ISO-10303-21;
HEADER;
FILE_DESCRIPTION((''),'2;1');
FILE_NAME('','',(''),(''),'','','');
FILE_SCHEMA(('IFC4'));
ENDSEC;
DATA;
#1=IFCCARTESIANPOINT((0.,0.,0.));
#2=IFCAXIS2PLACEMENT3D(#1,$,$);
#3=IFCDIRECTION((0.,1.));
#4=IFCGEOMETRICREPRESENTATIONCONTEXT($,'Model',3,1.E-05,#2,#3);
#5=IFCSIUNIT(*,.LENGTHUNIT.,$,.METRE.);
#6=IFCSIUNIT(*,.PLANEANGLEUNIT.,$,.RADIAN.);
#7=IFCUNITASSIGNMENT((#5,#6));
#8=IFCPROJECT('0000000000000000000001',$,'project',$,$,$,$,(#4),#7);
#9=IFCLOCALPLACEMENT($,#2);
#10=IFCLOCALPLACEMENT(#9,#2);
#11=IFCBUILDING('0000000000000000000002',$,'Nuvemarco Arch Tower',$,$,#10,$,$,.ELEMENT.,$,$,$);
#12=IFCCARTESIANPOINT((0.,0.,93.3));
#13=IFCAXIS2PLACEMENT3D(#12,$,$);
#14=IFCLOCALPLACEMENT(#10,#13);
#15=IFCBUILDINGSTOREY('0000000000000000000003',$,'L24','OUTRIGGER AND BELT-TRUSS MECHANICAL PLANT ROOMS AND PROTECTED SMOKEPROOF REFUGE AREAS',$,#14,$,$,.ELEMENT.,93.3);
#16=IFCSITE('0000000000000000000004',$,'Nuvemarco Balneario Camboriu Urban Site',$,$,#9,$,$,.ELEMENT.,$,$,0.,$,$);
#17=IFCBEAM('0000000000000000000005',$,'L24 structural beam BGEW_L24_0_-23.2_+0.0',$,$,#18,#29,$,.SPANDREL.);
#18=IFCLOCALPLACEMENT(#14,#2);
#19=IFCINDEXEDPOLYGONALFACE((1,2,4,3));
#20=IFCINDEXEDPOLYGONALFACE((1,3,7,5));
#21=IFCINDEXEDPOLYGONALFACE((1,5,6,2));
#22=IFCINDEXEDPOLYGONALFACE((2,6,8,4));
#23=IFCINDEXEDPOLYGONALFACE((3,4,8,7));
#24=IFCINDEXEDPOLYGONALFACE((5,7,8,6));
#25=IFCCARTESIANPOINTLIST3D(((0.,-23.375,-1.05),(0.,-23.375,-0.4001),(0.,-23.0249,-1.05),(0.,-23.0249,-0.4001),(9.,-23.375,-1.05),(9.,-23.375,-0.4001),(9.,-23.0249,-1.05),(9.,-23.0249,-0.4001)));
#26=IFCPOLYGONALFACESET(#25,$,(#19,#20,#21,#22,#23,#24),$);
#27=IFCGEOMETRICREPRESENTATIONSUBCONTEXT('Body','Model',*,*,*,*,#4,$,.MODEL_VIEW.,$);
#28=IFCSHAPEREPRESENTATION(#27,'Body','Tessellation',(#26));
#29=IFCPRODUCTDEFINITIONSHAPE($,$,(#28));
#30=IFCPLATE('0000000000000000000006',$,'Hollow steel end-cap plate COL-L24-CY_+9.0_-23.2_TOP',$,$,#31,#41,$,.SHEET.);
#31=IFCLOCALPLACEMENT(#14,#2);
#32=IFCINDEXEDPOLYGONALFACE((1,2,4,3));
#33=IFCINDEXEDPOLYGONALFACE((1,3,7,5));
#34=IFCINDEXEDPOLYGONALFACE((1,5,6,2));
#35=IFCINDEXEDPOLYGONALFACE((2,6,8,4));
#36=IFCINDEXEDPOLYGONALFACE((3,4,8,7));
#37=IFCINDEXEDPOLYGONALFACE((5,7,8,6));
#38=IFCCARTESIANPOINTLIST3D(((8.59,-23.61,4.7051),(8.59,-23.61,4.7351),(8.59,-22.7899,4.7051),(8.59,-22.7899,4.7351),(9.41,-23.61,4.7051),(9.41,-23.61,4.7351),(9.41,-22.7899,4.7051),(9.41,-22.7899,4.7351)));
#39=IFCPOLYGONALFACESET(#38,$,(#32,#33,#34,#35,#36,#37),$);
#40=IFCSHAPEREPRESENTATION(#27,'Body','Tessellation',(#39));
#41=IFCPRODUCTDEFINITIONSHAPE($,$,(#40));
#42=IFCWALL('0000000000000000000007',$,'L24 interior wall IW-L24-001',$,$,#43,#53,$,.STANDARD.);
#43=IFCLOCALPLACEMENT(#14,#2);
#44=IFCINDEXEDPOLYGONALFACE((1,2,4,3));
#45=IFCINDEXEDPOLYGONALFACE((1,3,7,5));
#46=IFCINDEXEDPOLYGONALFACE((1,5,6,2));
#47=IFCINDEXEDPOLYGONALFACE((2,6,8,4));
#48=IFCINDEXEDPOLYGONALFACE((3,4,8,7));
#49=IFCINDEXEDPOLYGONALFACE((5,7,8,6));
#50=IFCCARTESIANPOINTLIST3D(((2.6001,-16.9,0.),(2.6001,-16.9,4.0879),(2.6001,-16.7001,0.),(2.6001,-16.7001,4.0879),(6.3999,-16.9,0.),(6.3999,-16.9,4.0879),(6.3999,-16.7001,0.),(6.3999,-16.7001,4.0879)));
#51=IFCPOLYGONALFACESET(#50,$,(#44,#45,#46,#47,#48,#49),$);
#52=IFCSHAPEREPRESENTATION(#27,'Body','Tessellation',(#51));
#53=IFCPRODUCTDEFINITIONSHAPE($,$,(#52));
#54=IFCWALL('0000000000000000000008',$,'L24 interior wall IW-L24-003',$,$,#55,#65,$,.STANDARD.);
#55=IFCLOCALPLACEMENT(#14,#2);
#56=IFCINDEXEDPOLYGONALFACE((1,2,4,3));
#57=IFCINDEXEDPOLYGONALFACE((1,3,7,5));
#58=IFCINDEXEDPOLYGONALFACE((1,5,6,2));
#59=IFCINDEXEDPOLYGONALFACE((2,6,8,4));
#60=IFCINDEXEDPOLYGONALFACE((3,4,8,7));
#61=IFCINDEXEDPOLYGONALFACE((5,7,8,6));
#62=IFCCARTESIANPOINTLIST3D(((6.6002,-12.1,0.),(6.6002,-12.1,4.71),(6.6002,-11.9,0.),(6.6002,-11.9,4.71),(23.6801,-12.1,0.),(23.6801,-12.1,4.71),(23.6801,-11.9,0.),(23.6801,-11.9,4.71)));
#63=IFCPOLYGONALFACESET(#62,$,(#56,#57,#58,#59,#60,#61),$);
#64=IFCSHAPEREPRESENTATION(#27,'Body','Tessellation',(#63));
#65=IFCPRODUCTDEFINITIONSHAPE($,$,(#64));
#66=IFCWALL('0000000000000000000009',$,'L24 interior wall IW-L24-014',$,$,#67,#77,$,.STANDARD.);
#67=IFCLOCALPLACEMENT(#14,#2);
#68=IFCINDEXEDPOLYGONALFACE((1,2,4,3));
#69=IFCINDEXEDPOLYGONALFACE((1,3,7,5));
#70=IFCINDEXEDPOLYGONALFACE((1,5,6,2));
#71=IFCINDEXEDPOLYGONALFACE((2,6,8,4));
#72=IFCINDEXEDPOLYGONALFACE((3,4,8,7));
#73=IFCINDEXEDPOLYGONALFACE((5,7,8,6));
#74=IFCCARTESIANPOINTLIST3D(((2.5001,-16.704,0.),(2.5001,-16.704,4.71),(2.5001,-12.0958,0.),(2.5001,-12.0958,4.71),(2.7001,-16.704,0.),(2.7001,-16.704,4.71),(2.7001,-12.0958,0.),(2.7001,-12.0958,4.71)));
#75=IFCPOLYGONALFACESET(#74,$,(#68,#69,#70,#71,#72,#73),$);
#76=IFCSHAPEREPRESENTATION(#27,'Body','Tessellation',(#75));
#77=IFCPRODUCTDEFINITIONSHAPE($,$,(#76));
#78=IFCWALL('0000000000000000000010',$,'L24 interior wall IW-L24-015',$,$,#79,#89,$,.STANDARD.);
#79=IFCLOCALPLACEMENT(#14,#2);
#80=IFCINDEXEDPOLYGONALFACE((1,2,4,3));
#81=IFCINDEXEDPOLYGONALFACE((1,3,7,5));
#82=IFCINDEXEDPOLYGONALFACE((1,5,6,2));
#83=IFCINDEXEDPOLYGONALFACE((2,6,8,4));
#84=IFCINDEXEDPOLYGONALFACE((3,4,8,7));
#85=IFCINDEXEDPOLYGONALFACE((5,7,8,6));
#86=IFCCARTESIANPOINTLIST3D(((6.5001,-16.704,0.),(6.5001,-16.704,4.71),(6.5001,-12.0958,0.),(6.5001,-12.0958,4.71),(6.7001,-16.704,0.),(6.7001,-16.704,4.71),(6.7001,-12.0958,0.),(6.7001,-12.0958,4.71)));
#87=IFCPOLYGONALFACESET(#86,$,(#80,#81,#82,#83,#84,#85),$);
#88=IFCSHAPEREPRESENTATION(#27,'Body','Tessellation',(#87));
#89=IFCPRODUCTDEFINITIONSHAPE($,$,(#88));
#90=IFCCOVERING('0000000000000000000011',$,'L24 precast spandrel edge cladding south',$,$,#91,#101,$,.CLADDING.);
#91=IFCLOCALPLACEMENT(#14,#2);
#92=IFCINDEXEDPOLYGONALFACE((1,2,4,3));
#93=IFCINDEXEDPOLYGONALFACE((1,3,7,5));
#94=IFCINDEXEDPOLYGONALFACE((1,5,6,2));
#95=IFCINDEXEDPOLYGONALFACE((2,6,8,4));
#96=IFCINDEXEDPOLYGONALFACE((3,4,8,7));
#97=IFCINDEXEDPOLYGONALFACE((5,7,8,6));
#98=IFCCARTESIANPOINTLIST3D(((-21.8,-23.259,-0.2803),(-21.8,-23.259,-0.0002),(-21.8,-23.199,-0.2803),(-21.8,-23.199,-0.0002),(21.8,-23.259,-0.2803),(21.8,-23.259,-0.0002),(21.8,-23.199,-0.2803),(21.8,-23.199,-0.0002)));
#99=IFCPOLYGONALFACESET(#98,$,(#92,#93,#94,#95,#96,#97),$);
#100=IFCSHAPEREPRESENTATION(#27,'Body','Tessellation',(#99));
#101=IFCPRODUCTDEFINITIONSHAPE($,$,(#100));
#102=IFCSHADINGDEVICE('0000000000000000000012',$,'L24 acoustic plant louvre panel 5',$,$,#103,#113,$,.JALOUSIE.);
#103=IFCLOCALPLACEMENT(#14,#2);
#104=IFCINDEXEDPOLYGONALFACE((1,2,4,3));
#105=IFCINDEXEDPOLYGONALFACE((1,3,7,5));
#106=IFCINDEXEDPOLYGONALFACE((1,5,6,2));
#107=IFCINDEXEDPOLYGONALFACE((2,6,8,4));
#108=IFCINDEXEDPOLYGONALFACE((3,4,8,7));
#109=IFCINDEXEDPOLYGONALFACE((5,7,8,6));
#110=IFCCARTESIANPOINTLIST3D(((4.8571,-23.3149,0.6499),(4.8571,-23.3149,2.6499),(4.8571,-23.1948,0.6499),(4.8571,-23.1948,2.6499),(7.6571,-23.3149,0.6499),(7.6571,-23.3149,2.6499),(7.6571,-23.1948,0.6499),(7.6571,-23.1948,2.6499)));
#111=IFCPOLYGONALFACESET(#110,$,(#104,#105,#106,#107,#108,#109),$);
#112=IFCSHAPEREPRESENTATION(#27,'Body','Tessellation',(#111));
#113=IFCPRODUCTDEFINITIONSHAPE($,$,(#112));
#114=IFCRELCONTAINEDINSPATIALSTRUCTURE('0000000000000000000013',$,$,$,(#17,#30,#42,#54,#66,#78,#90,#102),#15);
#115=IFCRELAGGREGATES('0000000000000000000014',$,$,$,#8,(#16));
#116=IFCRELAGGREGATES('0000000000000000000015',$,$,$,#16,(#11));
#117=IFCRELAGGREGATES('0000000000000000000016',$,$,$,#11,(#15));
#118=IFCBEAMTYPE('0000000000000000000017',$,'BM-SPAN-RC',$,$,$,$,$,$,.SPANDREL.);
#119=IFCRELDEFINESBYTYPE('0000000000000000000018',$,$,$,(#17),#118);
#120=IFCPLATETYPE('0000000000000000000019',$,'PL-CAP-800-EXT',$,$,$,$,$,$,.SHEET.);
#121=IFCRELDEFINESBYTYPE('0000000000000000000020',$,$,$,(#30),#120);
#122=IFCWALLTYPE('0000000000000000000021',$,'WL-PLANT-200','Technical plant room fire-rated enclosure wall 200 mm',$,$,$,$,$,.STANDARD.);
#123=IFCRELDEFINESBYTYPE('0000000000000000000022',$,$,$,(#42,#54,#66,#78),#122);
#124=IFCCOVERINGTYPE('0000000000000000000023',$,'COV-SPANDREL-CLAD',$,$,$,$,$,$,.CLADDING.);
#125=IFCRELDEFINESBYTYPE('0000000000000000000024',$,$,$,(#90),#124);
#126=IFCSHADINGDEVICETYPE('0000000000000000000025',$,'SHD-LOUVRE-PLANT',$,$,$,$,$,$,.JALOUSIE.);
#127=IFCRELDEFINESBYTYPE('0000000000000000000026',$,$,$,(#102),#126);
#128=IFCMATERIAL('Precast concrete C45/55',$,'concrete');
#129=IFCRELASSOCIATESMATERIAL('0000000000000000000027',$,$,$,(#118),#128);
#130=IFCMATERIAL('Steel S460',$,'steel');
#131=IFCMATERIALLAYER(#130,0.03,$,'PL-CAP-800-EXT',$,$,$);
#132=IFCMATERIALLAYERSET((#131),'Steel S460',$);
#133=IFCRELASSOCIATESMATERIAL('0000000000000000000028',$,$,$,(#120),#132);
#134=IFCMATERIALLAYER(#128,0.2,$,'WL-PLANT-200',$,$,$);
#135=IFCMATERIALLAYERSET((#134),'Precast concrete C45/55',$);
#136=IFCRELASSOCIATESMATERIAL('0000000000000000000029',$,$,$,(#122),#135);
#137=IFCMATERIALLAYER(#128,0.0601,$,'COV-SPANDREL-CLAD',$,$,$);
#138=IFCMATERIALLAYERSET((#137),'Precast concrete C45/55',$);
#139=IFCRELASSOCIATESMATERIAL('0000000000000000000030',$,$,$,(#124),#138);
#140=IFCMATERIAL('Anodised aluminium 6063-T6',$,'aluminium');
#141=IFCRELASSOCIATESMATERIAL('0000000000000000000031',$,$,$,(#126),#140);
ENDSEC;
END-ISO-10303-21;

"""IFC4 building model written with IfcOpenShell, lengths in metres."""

from ifc_helpers import new_model, si_unit, direction, frame, frame_2d, origin, origin_2d, place, context, subcontext, project, spatial, rectangle, extrude, source, transform, mapped, material, layer, layer_set, material_profile, profile_set, type_object, type_shapes, element, save


model = new_model("IFC4")

# Units and contexts
model_context = context("Model", 3, precision=1e-05, world=origin(), true_north=direction((0.0, 1.0)))
body_context = subcontext(model_context, "Body", "Model", "MODEL_VIEW")
ifc_project = project(units=[si_unit("LENGTHUNIT", "METRE"), si_unit("PLANEANGLEUNIT", "RADIAN")], contexts=[model_context])

# Site, building, storey
site_placement = place(None, origin())
site = spatial("IfcSite", under=ifc_project, at=site_placement, Name="Nuvemarco Balneario Camboriu Urban Site", CompositionType="ELEMENT", RefElevation=0.0)
building_placement = place(site_placement, origin())
building = spatial("IfcBuilding", under=site, at=building_placement, Name="Nuvemarco Arch Tower", CompositionType="ELEMENT")
storey_placement = place(building_placement, frame((0.0, 0.0, 93.3)))
storey = spatial("IfcBuildingStorey", under=building, at=storey_placement, Name="L24", Description="OUTRIGGER AND BELT-TRUSS MECHANICAL PLANT ROOMS AND PROTECTED SMOKEPROOF REFUGE AREAS", CompositionType="ELEMENT", Elevation=93.3)

# Shared definitions
ifc_material_1 = material(Name="Steel S460", Category="steel")

# Beam
ifc_material_2 = material(Name="Precast concrete C45/55", Category="concrete")
ifc_material_profile_1 = material_profile(ifc_material_2, rectangle(XDim=0.3501, YDim=0.6499, at=origin_2d()), Name="PC-SP-350x650")
ifc_profile_set_1 = profile_set([ifc_material_profile_1], Name="Precast concrete C45/55")
beam_type_1 = type_object("IfcBeamType", Name="BM-SPAN-RC", PredefinedType="SPANDREL", material=ifc_profile_set_1)
beam_1_placement = place(storey_placement, frame((0.0, -23.2, -0.7251), z_axis=(1.0, 0.0, 0.0), x_axis=(0.0, 1.0, 0.0)))
element("IfcBeam", 1, at=beam_1_placement, inside=storey, type_object=beam_type_1, Name="L24 structural beam BGEW_L24_0_-23.2_+0.0", PredefinedType="SPANDREL", context=body_context, shape_type="SweptSolid", body=[
    extrude(rectangle(XDim=0.3501, YDim=0.6499, at=origin_2d()), origin(), (0.0, 0.0, 1.0), 9.0),
])

# Plate
ifc_layer_1 = layer(ifc_material_1, 0.03, Name="PL-CAP-800-EXT")
ifc_layer_set_1 = layer_set([ifc_layer_1], Name="Steel S460")
plate_type = type_object("IfcPlateType", Name="PL-CAP-800-EXT", PredefinedType="SHEET", material=ifc_layer_set_1)
shared_shape_1 = source(origin(), body_context, "Body", "SweptSolid", [
    extrude(rectangle(XDim=0.8201, YDim=0.8201, at=origin_2d()), origin(), (0.0, 0.0, 1.0), 0.03),
])
type_shapes(plate_type, [shared_shape_1])
plate_placement = place(storey_placement, frame((9.0, -23.2, 4.7051), z_axis=(0.0, 0.0, 1.0), x_axis=(1.0, 0.0, 0.0)))
element("IfcPlate", 2, at=plate_placement, inside=storey, type_object=plate_type, Name="Hollow steel end-cap plate COL-L24-CY_+9.0_-23.2_TOP", PredefinedType="SHEET", context=body_context, shape_type="MappedRepresentation", body=[
    mapped(shared_shape_1, transform((0.0, 0.0, 0.0), scale=1.0)),
])

# Walls
ifc_layer_2 = layer(ifc_material_2, 0.2, Name="WL-PLANT-200")
ifc_layer_set_2 = layer_set([ifc_layer_2], Name="Precast concrete C45/55")
wall_type = type_object("IfcWallType", Name="WL-PLANT-200", Description="Technical plant room fire-rated enclosure wall 200 mm", PredefinedType="STANDARD", material=ifc_layer_set_2)
wall_1_placement = place(storey_placement, frame((2.6001, -16.8, 0.0), z_axis=(0.0, 0.0, 1.0), x_axis=(1.0, 0.0, 0.0)))
element("IfcWall", 3, at=wall_1_placement, inside=storey, type_object=wall_type, Name="L24 interior wall IW-L24-001", PredefinedType="STANDARD", context=body_context, shape_type="SweptSolid", body=[
    extrude(rectangle(XDim=3.7998, YDim=0.2, at=frame_2d((1.8999, 0.0))), origin(), (0.0, 0.0, 1.0), 4.0879),
])
wall_2_placement = place(storey_placement, frame((6.6001, -12.0, 0.0), z_axis=(0.0, 0.0, 1.0), x_axis=(1.0, 0.0, 0.0)))
element("IfcWall", 4, at=wall_2_placement, inside=storey, type_object=wall_type, Name="L24 interior wall IW-L24-003", PredefinedType="STANDARD", context=body_context, shape_type="SweptSolid", body=[
    extrude(rectangle(XDim=17.0798, YDim=0.2, at=frame_2d((8.54, 0.0))), origin(), (0.0, 0.0, 1.0), 4.71),
])
for number, where, z_axis, x_axis, name in (
    (5, (2.6001, -16.7041, 0.0), (0.0, 0.0, 1.0), (0.0, 1.0, 0.0), "L24 interior wall IW-L24-014"),
    (6, (6.6001, -16.7041, 0.0), (0.0, 0.0, 1.0), (0.0, 1.0, 0.0), "L24 interior wall IW-L24-015"),
):
    element("IfcWall", number, at=place(storey_placement, frame(where, z_axis=z_axis, x_axis=x_axis)), inside=storey, type_object=wall_type, Name=name, PredefinedType="STANDARD", context=body_context, shape_type="SweptSolid", body=[
        extrude(rectangle(XDim=4.6082, YDim=0.2, at=frame_2d((2.3042, 0.0))), origin(), (0.0, 0.0, 1.0), 4.71),
    ])

# Covering
ifc_layer_3 = layer(ifc_material_2, 0.0601, Name="COV-SPANDREL-CLAD")
ifc_layer_set_3 = layer_set([ifc_layer_3], Name="Precast concrete C45/55")
covering_type = type_object("IfcCoveringType", Name="COV-SPANDREL-CLAD", PredefinedType="CLADDING", material=ifc_layer_set_3)
shared_shape_2 = source(origin(), body_context, "Body", "SweptSolid", [
    extrude(rectangle(XDim=43.6001, YDim=0.0601, at=origin_2d()), origin(), (0.0, 0.0, 1.0), 0.28),
])
type_shapes(covering_type, [shared_shape_2])
covering_placement = place(storey_placement, frame((0.0, -23.229, -0.2803), z_axis=(0.0, 0.0, 1.0), x_axis=(1.0, 0.0, 0.0)))
element("IfcCovering", 7, at=covering_placement, inside=storey, type_object=covering_type, Name="L24 precast spandrel edge cladding south", PredefinedType="CLADDING", context=body_context, shape_type="MappedRepresentation", body=[
    mapped(shared_shape_2, transform((0.0, 0.0, 0.0), scale=1.0)),
])

# Shading device
ifc_material_3 = material(Name="Anodised aluminium 6063-T6", Category="aluminium")
shading_device_type = type_object("IfcShadingDeviceType", Name="SHD-LOUVRE-PLANT", PredefinedType="JALOUSIE", material=ifc_material_3)
shared_shape_3 = source(origin(), body_context, "Body", "SweptSolid", [
    extrude(rectangle(XDim=2.8, YDim=0.1201, at=origin_2d()), origin(), (0.0, 0.0, 1.0), 2.0),
])
type_shapes(shading_device_type, [shared_shape_3])
shading_device_placement = place(storey_placement, frame((6.2571, -23.2549, 0.6499), z_axis=(0.0, 0.0, 1.0), x_axis=(1.0, 0.0, 0.0)))
element("IfcShadingDevice", 8, at=shading_device_placement, inside=storey, type_object=shading_device_type, Name="L24 acoustic plant louvre panel 5", PredefinedType="JALOUSIE", context=body_context, shape_type="MappedRepresentation", body=[
    mapped(shared_shape_3, transform((0.0, 0.0, 0.0), scale=1.0)),
])

save(model, "model.ifc")
